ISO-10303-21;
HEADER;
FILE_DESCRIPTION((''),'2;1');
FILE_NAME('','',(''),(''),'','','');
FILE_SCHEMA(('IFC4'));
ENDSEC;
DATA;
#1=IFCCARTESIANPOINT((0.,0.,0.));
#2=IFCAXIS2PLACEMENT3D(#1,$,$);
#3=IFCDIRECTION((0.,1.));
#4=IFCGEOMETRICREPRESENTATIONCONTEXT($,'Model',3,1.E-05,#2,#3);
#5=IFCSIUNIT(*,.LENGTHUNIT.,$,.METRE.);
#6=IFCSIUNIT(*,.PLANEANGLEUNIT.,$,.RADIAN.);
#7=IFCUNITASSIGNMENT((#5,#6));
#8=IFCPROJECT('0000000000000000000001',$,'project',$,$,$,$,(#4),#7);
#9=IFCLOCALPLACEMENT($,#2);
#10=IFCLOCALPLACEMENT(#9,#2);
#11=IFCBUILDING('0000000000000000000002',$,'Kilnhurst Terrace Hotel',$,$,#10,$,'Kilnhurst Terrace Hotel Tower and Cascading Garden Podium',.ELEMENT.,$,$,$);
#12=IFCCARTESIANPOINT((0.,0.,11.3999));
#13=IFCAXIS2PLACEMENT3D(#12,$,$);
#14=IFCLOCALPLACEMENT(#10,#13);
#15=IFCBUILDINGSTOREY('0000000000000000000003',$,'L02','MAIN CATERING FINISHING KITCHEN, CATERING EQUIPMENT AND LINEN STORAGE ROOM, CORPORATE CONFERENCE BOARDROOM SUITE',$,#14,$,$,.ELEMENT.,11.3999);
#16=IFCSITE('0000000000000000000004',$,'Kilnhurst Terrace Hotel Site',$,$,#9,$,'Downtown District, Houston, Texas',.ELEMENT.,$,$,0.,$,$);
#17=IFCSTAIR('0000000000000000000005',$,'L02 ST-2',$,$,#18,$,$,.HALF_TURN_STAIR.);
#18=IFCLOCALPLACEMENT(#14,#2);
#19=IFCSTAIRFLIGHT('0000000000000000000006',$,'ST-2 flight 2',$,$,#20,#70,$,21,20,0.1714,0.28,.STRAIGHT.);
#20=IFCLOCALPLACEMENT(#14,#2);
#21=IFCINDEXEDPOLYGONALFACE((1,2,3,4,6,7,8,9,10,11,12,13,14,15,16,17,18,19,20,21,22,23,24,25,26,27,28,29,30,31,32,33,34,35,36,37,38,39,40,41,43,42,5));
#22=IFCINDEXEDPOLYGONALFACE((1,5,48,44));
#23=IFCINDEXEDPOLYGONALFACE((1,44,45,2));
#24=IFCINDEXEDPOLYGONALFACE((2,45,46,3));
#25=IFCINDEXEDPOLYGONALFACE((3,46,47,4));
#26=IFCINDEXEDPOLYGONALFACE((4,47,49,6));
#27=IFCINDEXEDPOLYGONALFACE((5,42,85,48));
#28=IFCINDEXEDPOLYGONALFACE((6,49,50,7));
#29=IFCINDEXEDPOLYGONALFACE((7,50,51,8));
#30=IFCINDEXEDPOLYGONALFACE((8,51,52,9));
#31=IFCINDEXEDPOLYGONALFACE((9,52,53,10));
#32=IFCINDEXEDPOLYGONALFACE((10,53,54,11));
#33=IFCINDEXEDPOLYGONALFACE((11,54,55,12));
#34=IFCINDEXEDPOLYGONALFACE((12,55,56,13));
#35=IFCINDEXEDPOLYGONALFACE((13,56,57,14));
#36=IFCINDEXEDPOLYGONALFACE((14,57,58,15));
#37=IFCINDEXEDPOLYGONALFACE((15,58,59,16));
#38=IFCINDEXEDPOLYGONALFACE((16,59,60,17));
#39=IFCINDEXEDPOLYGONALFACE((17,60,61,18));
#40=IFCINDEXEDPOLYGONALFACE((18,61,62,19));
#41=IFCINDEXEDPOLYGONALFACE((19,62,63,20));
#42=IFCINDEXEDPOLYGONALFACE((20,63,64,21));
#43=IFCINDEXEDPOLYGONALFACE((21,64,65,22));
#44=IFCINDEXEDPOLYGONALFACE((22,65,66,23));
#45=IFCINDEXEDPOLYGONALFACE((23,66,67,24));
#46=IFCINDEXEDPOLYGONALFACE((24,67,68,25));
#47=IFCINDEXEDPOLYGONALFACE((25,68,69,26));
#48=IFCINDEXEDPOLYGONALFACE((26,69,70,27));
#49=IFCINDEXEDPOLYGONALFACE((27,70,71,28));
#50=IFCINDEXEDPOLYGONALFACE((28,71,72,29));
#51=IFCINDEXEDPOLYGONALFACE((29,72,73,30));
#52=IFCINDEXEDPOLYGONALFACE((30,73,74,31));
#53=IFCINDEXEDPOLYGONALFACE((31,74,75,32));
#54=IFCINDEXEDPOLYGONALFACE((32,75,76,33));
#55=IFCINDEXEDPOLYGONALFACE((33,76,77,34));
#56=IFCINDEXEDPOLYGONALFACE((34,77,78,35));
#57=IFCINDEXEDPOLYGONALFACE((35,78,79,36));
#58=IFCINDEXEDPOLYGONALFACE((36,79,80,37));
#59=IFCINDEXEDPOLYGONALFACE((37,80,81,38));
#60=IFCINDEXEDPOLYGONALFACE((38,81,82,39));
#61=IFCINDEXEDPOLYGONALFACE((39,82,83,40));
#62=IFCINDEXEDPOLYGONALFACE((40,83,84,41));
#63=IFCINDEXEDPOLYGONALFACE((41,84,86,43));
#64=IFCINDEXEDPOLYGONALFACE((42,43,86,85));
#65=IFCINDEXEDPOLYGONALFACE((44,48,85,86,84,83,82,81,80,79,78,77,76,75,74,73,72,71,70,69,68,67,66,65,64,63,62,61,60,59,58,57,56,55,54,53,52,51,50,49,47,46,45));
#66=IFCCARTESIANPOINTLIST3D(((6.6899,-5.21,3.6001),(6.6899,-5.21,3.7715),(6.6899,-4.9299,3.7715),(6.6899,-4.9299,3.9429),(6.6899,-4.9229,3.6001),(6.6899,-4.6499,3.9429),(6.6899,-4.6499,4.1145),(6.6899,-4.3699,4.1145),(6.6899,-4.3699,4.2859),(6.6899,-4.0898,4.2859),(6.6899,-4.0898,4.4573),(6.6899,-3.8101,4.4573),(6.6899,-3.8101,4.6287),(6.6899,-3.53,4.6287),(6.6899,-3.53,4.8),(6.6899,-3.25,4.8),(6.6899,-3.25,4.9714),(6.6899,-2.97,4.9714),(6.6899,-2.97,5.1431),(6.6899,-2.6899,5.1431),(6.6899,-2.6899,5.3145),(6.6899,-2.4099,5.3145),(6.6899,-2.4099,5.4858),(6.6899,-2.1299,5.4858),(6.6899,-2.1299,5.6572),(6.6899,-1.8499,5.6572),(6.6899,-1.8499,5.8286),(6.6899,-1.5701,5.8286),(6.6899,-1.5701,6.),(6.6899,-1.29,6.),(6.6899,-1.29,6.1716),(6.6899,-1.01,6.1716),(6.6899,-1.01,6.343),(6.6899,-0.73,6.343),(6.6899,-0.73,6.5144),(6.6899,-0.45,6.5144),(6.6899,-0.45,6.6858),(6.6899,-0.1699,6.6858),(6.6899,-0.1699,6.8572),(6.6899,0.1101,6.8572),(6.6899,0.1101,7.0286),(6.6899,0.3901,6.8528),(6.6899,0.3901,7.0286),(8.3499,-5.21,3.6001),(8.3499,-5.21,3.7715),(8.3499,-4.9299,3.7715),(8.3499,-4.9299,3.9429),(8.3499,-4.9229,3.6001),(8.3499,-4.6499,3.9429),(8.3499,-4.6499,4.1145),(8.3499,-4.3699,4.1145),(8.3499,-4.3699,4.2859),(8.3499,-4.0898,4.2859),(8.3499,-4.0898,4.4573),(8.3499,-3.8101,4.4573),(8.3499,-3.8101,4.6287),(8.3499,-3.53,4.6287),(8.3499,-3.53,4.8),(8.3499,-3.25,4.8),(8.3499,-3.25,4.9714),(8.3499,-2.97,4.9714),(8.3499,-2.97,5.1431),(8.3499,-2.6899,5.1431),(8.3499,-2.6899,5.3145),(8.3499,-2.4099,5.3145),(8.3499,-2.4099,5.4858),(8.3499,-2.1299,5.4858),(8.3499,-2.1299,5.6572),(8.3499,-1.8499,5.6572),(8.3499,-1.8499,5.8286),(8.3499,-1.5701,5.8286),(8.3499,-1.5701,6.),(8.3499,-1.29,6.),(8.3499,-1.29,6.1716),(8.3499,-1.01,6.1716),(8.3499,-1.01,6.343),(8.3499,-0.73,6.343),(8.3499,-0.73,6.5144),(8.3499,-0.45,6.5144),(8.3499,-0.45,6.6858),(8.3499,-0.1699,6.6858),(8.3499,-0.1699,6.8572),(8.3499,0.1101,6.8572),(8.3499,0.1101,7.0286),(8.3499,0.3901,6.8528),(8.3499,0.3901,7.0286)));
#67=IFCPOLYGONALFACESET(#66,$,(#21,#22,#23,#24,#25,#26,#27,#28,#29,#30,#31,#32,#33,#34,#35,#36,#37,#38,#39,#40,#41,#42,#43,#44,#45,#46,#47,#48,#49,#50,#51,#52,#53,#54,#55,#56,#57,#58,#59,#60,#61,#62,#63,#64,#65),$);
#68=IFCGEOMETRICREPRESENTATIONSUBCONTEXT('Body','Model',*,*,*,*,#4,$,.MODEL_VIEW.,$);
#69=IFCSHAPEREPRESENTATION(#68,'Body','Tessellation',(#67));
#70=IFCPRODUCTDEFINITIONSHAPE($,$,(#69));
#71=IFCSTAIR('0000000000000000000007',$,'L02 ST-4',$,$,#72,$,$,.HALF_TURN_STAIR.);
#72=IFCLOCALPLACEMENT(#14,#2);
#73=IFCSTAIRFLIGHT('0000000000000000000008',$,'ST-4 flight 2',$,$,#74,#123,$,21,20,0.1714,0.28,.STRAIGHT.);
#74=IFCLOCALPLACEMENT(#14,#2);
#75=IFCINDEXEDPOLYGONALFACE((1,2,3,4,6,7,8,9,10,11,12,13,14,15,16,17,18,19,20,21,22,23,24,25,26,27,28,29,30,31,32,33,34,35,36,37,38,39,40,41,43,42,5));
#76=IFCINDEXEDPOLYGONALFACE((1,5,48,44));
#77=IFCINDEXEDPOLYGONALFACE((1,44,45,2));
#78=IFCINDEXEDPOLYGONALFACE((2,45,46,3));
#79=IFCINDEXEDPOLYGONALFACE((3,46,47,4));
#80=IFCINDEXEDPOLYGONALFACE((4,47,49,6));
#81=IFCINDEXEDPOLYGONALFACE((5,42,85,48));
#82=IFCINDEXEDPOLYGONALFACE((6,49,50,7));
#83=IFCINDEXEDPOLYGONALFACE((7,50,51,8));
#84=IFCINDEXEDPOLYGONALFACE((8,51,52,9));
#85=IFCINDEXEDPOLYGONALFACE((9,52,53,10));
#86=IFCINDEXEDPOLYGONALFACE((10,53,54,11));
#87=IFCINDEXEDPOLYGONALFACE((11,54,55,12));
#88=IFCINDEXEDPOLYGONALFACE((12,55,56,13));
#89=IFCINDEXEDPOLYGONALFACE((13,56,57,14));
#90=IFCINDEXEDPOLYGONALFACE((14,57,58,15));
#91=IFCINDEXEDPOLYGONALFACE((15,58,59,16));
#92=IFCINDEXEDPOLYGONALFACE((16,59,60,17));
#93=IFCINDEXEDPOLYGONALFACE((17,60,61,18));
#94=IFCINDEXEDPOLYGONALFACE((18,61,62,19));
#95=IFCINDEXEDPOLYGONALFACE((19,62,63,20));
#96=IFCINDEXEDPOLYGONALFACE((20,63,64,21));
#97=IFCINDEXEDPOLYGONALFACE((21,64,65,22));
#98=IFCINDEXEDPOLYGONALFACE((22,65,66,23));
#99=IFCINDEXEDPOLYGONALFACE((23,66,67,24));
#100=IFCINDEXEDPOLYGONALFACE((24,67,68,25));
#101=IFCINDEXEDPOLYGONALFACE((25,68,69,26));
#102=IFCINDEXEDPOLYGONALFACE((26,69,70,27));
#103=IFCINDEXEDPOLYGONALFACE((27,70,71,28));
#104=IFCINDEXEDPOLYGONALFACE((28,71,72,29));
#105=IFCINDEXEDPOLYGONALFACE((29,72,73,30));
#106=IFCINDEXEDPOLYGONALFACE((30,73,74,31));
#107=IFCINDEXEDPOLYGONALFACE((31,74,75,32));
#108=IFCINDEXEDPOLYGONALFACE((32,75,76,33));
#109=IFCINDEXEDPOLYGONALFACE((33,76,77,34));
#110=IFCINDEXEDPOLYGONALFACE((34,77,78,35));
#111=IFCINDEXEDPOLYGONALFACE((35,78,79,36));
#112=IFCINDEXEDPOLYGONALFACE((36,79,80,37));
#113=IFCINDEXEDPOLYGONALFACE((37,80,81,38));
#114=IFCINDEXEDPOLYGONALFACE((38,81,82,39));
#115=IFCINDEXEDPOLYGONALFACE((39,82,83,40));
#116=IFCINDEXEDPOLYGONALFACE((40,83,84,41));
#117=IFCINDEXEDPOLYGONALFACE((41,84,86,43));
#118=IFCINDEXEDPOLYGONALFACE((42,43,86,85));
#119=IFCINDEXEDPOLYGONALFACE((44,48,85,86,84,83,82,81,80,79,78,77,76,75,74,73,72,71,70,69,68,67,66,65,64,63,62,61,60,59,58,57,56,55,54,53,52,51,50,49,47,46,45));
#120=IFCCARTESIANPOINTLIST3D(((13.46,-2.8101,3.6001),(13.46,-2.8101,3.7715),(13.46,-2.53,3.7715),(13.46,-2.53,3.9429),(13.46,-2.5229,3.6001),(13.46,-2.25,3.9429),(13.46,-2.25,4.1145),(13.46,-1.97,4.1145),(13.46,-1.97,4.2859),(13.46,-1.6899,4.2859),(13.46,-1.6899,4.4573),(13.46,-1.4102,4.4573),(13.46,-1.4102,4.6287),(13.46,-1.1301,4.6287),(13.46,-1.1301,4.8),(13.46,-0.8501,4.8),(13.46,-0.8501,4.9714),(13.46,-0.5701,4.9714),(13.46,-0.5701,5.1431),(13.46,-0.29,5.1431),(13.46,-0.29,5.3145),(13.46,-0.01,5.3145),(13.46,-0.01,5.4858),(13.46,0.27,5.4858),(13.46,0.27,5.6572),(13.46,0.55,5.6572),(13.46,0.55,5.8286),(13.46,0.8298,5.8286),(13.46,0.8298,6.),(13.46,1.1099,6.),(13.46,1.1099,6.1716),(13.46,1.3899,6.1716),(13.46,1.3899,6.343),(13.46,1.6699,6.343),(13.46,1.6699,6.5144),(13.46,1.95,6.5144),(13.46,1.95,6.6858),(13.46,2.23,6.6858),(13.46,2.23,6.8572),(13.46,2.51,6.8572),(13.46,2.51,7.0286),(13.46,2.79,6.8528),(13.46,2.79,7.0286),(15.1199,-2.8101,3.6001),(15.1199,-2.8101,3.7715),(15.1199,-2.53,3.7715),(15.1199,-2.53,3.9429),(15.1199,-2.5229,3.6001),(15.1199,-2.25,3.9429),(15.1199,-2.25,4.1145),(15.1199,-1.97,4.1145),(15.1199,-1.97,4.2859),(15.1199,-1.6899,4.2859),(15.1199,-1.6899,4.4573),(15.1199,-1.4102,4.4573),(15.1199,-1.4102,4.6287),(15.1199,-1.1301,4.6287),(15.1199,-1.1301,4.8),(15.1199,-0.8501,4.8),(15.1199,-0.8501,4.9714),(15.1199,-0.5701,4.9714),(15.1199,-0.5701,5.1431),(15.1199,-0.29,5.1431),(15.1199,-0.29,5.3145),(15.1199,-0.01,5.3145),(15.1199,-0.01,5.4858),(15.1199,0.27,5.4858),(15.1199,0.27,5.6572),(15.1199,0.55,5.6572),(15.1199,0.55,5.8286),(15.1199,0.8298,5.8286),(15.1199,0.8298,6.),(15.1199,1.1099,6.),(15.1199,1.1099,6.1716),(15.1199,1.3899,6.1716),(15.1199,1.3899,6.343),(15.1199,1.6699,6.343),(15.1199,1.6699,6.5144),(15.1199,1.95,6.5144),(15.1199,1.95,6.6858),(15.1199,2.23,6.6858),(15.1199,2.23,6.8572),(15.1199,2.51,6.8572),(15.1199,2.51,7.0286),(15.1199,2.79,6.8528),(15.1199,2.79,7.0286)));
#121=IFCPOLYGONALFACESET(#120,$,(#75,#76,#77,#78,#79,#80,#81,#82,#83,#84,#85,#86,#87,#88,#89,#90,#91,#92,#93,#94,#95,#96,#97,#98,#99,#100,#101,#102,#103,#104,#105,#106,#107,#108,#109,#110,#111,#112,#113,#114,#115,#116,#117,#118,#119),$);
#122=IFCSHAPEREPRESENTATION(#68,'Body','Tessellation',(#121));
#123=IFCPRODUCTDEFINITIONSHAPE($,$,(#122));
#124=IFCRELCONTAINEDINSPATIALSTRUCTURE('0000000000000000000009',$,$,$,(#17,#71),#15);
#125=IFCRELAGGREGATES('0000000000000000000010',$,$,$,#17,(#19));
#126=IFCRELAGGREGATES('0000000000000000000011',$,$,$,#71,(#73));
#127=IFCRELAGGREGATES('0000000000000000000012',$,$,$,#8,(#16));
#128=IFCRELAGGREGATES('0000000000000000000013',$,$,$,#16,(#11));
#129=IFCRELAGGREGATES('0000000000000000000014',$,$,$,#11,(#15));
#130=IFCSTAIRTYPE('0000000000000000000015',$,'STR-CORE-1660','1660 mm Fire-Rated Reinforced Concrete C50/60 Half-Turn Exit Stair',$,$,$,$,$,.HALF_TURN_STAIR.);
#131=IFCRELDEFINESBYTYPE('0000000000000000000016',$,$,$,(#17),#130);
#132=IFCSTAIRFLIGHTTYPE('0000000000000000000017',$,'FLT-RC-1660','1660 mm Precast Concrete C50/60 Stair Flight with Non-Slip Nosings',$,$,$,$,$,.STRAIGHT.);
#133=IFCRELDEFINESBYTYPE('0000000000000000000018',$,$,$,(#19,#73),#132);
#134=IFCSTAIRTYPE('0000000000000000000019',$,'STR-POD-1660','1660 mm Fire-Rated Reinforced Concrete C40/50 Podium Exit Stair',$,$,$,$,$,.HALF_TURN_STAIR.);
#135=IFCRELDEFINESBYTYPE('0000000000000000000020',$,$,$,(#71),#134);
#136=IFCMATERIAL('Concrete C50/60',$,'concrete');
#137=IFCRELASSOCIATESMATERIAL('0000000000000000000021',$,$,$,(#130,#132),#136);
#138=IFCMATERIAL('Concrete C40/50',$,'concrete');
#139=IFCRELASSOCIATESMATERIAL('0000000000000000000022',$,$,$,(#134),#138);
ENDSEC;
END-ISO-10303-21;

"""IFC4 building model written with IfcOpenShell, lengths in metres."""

from ifc_helpers import new_model, si_unit, direction, frame, origin, place, context, subcontext, project, spatial, polyline, outline, extrude, material, type_object, element, aggregate, save


model = new_model("IFC4")

# Units and contexts
model_context = context("Model", 3, precision=1e-05, world=origin(), true_north=direction((0.0, 1.0)))
body_context = subcontext(model_context, "Body", "Model", "MODEL_VIEW")
ifc_project = project(units=[si_unit("LENGTHUNIT", "METRE"), si_unit("PLANEANGLEUNIT", "RADIAN")], contexts=[model_context])

# Site, building, storey
site_placement = place(None, origin())
site = spatial("IfcSite", under=ifc_project, at=site_placement, Name="Kilnhurst Terrace Hotel Site", LongName="Downtown District, Houston, Texas", CompositionType="ELEMENT", RefElevation=0.0)
building_placement = place(site_placement, origin())
building = spatial("IfcBuilding", under=site, at=building_placement, Name="Kilnhurst Terrace Hotel", LongName="Kilnhurst Terrace Hotel Tower and Cascading Garden Podium", CompositionType="ELEMENT")
storey_placement = place(building_placement, frame((0.0, 0.0, 11.3999)))
storey = spatial("IfcBuildingStorey", under=building, at=storey_placement, Name="L02", Description="MAIN CATERING FINISHING KITCHEN, CATERING EQUIPMENT AND LINEN STORAGE ROOM, CORPORATE CONFERENCE BOARDROOM SUITE", CompositionType="ELEMENT", Elevation=11.3999)

# Shared definitions
ifc_material_1 = material(Name="Concrete C50/60", Category="concrete")

# Stairs, stair flights
stair_type_1 = type_object("IfcStairType", Name="STR-CORE-1660", Description="1660 mm Fire-Rated Reinforced Concrete C50/60 Half-Turn Exit Stair", PredefinedType="HALF_TURN_STAIR", material=ifc_material_1)
stair_1_placement = place(storey_placement, origin())
stair_1 = element("IfcStair", 1, at=stair_1_placement, inside=storey, type_object=stair_type_1, Name="L02 ST-2", PredefinedType="HALF_TURN_STAIR")
stair_flight_type = type_object("IfcStairFlightType", Name="FLT-RC-1660", Description="1660 mm Precast Concrete C50/60 Stair Flight with Non-Slip Nosings", PredefinedType="STRAIGHT", material=ifc_material_1)
stair_flight_1_placement = place(storey_placement, frame((7.52, -5.21, 3.6001), z_axis=(0.0, 0.0, 1.0), x_axis=(0.0, 1.0, 0.0)))
stair_flight_1 = element("IfcStairFlight", 2, at=stair_flight_1_placement, type_object=stair_flight_type, Name="ST-2 flight 2", NumberOfRisers=21, NumberOfTreads=20, PredefinedType="STRAIGHT", RiserHeight=0.1714, TreadLength=0.28, context=body_context, shape_type="SweptSolid", body=[
    extrude(outline(polyline([(0.0, 0.0), (0.0, 0.1714), (0.28, 0.1714), (0.28, 0.3428), (0.5601, 0.3428), (0.5601, 0.5144), (0.8401, 0.5144), (0.8401, 0.6858), (1.1201, 0.6858), (1.1201, 0.8572), (1.3999, 0.8572), (1.3999, 1.0286), (1.6799, 1.0286), (1.6799, 1.2), (1.96, 1.2), (1.96, 1.3713), (2.24, 1.3713), (2.24, 1.543), (2.52, 1.543), (2.52, 1.7144), (2.8, 1.7144), (2.8, 1.8857), (3.0801, 1.8857), (3.0801, 2.0571), (3.3601, 2.0571), (3.3601, 2.2285), (3.6399, 2.2285), (3.6399, 2.3999), (3.9199, 2.3999), (3.9199, 2.5715), (4.2, 2.5715), (4.2, 2.7429), (4.48, 2.7429), (4.48, 2.9143), (4.76, 2.9143), (4.76, 3.0857), (5.04, 3.0857), (5.04, 3.2571), (5.3201, 3.2571), (5.3201, 3.4285), (5.6001, 3.4285), (5.6001, 3.6001), (5.6001, 3.2527), (0.2871, 0.0), (0.0, 0.0)])), frame((0.0, 0.8301, 0.0), z_axis=(0.0, -1.0, 0.0), x_axis=(1.0, 0.0, 0.0)), (0.0, 0.0, 1.0), 1.6599),
])
aggregate(stair_1, [stair_flight_1])
ifc_material_2 = material(Name="Concrete C40/50", Category="concrete")
stair_type_2 = type_object("IfcStairType", Name="STR-POD-1660", Description="1660 mm Fire-Rated Reinforced Concrete C40/50 Podium Exit Stair", PredefinedType="HALF_TURN_STAIR", material=ifc_material_2)
stair_2_placement = place(storey_placement, origin())
stair_2 = element("IfcStair", 3, at=stair_2_placement, inside=storey, type_object=stair_type_2, Name="L02 ST-4", PredefinedType="HALF_TURN_STAIR")
stair_flight_2_placement = place(storey_placement, frame((14.29, -2.8101, 3.6001), z_axis=(0.0, 0.0, 1.0), x_axis=(0.0, 1.0, 0.0)))
stair_flight_2 = element("IfcStairFlight", 4, at=stair_flight_2_placement, type_object=stair_flight_type, Name="ST-4 flight 2", NumberOfRisers=21, NumberOfTreads=20, PredefinedType="STRAIGHT", RiserHeight=0.1714, TreadLength=0.28, context=body_context, shape_type="SweptSolid", body=[
    extrude(outline(polyline([(0.0, 0.0), (0.0, 0.1714), (0.28, 0.1714), (0.28, 0.3428), (0.5601, 0.3428), (0.5601, 0.5144), (0.8401, 0.5144), (0.8401, 0.6858), (1.1201, 0.6858), (1.1201, 0.8572), (1.3999, 0.8572), (1.3999, 1.0286), (1.6799, 1.0286), (1.6799, 1.2), (1.96, 1.2), (1.96, 1.3713), (2.24, 1.3713), (2.24, 1.543), (2.52, 1.543), (2.52, 1.7144), (2.8, 1.7144), (2.8, 1.8857), (3.0801, 1.8857), (3.0801, 2.0571), (3.3601, 2.0571), (3.3601, 2.2285), (3.6399, 2.2285), (3.6399, 2.3999), (3.9199, 2.3999), (3.9199, 2.5715), (4.2, 2.5715), (4.2, 2.7429), (4.48, 2.7429), (4.48, 2.9143), (4.76, 2.9143), (4.76, 3.0857), (5.04, 3.0857), (5.04, 3.2571), (5.3201, 3.2571), (5.3201, 3.4285), (5.6001, 3.4285), (5.6001, 3.6001), (5.6001, 3.2527), (0.2871, 0.0), (0.0, 0.0)])), frame((0.0, 0.8301, 0.0), z_axis=(0.0, -1.0, 0.0), x_axis=(1.0, 0.0, 0.0)), (0.0, 0.0, 1.0), 1.6599),
])
aggregate(stair_2, [stair_flight_2])

save(model, "model.ifc")
